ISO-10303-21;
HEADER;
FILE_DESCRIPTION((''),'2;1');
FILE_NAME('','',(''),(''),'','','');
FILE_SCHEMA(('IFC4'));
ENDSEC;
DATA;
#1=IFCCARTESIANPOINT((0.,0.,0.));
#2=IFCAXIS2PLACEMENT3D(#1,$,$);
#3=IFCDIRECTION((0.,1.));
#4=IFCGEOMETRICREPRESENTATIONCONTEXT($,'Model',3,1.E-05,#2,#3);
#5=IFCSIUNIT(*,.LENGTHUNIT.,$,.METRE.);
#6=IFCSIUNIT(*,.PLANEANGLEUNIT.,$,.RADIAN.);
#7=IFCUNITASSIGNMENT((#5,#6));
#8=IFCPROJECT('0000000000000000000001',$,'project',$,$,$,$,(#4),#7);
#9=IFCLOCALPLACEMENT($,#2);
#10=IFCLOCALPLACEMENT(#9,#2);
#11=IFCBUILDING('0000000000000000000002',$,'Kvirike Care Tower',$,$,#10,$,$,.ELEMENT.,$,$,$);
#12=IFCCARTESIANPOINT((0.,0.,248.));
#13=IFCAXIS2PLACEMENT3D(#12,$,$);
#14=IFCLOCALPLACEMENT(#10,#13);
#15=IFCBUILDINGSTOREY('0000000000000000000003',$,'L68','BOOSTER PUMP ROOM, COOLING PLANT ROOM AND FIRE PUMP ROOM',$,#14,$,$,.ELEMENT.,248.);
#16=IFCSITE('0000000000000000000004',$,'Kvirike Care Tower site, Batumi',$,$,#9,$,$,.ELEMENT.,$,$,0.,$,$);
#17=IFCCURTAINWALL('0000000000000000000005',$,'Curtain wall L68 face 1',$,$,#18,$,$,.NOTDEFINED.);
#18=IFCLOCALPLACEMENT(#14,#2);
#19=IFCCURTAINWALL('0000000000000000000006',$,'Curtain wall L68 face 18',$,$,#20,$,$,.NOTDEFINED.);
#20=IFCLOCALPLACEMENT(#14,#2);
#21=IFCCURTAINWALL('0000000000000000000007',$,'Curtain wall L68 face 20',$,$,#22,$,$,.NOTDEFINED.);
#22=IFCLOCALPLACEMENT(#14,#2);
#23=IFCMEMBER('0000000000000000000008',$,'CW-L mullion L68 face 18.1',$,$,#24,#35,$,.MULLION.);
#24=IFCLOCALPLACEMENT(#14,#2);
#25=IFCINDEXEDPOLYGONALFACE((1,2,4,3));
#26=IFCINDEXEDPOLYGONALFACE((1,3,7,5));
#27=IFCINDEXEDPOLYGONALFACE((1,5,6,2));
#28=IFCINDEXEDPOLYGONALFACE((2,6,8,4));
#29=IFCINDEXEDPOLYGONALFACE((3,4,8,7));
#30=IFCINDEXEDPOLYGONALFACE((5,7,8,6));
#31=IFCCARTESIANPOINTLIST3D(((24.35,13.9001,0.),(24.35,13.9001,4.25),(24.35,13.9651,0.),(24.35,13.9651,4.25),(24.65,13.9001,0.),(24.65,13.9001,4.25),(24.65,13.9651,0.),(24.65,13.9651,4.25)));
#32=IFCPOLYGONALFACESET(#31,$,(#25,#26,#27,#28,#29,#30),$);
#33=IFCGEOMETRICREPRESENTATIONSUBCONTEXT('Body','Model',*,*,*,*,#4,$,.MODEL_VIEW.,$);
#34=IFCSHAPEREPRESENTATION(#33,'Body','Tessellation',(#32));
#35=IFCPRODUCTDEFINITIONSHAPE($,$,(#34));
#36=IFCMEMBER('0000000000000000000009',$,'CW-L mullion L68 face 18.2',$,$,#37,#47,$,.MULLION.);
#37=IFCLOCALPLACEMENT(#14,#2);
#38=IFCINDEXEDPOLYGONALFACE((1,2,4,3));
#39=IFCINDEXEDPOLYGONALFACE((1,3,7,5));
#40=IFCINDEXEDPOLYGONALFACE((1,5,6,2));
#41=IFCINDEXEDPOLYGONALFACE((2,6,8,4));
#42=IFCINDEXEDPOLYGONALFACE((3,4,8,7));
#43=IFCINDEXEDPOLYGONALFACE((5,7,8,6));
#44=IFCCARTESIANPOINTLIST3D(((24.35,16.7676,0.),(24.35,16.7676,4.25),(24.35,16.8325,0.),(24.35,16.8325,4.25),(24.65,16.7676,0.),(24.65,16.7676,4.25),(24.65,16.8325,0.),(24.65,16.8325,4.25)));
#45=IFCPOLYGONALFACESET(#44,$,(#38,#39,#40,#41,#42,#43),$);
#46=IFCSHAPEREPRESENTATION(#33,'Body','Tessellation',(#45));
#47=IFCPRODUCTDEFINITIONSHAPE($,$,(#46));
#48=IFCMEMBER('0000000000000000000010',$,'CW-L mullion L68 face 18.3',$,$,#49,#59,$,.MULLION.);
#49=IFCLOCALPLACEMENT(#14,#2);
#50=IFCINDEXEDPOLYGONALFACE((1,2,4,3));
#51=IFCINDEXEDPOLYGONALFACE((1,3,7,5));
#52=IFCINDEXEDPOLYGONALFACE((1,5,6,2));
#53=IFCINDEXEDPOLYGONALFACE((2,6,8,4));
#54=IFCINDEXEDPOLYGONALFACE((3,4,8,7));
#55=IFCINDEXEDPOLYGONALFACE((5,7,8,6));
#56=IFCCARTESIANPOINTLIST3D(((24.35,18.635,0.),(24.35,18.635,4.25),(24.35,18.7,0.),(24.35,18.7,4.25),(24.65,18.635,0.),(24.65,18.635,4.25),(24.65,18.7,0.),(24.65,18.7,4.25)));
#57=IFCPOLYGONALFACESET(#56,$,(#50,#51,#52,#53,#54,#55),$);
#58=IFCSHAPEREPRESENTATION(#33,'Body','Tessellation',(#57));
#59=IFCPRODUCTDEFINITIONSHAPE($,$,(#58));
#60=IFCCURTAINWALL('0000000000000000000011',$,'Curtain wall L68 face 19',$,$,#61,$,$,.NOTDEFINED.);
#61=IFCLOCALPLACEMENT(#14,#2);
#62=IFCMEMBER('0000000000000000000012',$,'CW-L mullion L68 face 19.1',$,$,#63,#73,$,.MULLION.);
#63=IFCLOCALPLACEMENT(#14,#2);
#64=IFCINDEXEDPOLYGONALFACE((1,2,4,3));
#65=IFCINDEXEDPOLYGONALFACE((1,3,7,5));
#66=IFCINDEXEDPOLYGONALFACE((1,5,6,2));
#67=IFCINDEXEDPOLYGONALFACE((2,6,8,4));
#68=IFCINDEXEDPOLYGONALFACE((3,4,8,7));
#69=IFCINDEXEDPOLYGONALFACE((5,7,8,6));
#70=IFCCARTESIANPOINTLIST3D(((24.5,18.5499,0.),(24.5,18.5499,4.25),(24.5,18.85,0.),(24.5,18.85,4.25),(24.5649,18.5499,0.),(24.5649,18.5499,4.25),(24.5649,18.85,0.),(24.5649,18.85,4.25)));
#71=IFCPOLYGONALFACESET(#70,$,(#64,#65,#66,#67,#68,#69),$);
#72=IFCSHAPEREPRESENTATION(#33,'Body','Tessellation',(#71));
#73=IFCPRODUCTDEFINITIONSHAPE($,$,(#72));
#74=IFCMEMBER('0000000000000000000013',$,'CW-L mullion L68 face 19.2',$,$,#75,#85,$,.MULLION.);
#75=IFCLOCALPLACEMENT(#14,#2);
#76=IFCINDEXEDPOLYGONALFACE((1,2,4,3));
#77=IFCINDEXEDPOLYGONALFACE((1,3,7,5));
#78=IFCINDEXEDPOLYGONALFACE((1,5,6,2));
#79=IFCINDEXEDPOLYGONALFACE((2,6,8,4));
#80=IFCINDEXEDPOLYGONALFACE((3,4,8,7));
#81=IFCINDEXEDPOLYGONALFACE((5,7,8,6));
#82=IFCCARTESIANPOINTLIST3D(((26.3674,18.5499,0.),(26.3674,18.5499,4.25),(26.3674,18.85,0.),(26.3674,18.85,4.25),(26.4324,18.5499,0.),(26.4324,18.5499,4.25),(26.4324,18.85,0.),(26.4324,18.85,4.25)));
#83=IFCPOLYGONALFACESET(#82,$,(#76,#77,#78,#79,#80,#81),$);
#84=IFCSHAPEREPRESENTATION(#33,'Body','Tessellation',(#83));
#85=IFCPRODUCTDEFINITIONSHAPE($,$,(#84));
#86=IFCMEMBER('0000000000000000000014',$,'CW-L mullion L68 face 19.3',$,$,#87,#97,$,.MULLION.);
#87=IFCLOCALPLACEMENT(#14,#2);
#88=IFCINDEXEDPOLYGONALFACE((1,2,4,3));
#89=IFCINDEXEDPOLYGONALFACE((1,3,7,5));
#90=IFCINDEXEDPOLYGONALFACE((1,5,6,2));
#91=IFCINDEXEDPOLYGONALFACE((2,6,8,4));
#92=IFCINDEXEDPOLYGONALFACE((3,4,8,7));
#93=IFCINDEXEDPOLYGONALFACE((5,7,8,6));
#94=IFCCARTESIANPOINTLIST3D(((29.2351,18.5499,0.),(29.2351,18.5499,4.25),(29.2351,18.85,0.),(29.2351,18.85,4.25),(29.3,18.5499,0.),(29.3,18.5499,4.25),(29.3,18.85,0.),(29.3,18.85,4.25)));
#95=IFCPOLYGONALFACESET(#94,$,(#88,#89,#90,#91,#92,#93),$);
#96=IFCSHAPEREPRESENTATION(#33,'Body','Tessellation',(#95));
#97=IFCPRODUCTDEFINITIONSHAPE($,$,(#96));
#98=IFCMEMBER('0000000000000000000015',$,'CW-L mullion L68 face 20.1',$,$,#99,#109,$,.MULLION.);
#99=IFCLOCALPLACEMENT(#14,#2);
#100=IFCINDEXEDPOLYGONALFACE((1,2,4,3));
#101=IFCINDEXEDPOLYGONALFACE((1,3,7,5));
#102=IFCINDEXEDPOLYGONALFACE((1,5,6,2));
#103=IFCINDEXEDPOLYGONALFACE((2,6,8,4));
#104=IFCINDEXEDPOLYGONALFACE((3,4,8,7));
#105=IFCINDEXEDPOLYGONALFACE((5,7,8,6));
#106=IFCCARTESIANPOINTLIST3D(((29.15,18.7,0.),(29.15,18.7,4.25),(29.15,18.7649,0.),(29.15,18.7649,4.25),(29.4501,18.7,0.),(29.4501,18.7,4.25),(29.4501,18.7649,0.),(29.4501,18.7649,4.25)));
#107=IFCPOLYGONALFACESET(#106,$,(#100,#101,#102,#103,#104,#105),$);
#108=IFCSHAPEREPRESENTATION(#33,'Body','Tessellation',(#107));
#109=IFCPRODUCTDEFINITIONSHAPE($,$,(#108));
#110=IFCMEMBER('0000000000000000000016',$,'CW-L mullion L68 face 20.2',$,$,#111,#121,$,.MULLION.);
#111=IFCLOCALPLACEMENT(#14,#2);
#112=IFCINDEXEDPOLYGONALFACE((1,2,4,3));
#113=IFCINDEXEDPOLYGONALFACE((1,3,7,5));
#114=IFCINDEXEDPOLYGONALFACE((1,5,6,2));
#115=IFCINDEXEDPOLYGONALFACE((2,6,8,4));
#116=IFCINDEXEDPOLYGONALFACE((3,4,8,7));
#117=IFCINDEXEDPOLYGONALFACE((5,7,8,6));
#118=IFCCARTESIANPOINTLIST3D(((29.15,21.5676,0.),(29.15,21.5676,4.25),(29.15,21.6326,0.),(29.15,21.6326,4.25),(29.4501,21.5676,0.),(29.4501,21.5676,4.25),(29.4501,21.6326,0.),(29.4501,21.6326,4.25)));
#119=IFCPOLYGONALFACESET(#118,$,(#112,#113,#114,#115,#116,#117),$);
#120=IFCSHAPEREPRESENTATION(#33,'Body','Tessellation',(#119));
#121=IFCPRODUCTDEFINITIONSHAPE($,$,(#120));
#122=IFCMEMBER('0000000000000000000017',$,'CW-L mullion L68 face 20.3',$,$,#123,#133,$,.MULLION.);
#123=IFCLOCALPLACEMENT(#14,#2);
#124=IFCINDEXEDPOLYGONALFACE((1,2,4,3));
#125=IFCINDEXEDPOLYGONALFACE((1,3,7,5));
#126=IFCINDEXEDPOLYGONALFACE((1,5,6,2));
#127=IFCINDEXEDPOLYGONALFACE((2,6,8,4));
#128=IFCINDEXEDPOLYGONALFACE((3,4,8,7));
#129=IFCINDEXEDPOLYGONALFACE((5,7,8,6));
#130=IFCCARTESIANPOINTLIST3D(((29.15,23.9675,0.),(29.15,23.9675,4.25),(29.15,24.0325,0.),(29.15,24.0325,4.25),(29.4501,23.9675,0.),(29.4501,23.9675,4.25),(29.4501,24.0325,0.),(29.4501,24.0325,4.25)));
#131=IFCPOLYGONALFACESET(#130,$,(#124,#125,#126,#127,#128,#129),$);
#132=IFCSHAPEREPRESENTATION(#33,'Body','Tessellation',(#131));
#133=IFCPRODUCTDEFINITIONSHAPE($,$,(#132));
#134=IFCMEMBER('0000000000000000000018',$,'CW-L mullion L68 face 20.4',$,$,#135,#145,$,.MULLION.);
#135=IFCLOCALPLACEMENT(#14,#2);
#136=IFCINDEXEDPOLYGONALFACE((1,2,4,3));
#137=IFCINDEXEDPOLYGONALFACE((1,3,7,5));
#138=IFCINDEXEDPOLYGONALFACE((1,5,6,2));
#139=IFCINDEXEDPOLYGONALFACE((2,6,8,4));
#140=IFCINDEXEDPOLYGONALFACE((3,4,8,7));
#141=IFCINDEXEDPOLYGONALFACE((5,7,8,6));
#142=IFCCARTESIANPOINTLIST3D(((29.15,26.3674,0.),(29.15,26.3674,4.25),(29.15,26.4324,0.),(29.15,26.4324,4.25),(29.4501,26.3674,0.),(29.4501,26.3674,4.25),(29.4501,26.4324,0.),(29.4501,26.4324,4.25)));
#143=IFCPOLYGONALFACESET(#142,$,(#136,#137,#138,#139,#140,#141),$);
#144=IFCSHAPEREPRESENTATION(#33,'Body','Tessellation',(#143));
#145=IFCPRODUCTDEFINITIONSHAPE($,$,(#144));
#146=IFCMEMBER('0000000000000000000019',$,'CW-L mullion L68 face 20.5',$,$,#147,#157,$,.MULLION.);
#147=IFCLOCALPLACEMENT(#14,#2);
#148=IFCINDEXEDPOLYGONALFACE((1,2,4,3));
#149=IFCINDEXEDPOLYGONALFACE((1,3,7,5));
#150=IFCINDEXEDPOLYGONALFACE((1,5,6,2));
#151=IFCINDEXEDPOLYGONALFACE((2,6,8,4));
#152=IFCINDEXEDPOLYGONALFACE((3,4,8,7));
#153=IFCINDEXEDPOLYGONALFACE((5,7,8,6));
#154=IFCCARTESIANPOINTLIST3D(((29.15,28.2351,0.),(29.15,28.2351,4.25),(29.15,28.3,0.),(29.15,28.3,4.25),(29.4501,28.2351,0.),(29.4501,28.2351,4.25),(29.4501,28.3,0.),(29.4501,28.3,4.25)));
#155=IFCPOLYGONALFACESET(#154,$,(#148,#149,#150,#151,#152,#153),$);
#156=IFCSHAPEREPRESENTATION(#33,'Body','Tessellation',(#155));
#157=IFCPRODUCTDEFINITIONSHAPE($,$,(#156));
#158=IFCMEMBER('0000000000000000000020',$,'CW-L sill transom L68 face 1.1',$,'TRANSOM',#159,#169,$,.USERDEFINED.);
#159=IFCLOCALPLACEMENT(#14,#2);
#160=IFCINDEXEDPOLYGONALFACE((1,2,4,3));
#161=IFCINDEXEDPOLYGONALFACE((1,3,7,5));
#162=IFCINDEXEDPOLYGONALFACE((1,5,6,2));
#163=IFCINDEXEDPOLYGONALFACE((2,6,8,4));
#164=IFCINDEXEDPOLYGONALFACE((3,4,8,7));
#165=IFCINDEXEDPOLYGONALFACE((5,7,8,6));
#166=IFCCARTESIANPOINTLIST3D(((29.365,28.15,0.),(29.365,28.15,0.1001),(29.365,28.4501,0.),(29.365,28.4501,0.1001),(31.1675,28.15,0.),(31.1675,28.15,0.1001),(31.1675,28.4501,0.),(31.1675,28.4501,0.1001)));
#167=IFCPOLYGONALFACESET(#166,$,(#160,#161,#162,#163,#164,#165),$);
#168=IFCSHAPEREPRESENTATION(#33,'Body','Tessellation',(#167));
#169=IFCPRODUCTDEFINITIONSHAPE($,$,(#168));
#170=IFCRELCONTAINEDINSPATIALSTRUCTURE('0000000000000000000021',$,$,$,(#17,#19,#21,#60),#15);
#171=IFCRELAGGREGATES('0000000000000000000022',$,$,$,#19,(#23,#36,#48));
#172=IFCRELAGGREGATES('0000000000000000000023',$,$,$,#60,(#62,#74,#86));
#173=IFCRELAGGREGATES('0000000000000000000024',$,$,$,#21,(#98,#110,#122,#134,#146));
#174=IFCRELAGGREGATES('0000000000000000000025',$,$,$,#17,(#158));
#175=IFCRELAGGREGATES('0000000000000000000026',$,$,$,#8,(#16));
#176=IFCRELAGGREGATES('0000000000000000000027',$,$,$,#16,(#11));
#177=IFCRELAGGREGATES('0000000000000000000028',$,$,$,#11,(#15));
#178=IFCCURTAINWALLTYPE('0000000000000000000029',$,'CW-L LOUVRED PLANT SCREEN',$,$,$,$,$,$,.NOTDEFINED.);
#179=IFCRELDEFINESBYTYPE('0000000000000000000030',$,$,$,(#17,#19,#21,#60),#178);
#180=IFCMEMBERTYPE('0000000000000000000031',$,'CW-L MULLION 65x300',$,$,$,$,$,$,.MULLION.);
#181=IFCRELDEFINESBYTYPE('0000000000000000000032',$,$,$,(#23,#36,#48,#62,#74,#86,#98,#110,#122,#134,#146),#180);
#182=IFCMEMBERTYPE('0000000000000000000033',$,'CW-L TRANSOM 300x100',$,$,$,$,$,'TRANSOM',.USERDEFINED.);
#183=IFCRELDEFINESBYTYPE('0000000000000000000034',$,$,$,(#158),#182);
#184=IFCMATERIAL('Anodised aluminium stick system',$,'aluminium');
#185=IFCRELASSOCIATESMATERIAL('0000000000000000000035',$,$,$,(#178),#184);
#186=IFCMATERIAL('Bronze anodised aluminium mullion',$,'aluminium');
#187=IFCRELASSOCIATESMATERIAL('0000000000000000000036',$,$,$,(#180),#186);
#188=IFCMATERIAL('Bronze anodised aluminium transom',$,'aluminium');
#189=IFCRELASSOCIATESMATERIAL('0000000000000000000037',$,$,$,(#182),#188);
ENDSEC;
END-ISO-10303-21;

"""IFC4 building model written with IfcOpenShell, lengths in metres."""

from ifc_helpers import new_model, si_unit, direction, frame, origin, origin_2d, place, context, subcontext, project, spatial, rectangle, extrude, material, material_profile, profile_set, type_object, element, aggregate, save


model = new_model("IFC4")

# Units and contexts
model_context = context("Model", 3, precision=1e-05, world=origin(), true_north=direction((0.0, 1.0)))
body_context = subcontext(model_context, "Body", "Model", "MODEL_VIEW")
ifc_project = project(units=[si_unit("LENGTHUNIT", "METRE"), si_unit("PLANEANGLEUNIT", "RADIAN")], contexts=[model_context])

# Site, building, storey
site_placement = place(None, origin())
site = spatial("IfcSite", under=ifc_project, at=site_placement, Name="Kvirike Care Tower site, Batumi", CompositionType="ELEMENT", RefElevation=0.0)
building_placement = place(site_placement, origin())
building = spatial("IfcBuilding", under=site, at=building_placement, Name="Kvirike Care Tower", CompositionType="ELEMENT")
storey_placement = place(building_placement, frame((0.0, 0.0, 248.0)))
storey = spatial("IfcBuildingStorey", under=building, at=storey_placement, Name="L68", Description="BOOSTER PUMP ROOM, COOLING PLANT ROOM AND FIRE PUMP ROOM", CompositionType="ELEMENT", Elevation=248.0)

# Curtain walls
ifc_material_1 = material(Name="Anodised aluminium stick system", Category="aluminium")
curtain_wall_type = type_object("IfcCurtainWallType", Name="CW-L LOUVRED PLANT SCREEN", PredefinedType="NOTDEFINED", material=ifc_material_1)
curtain_wall_1_placement = place(storey_placement, origin())
curtain_wall_1 = element("IfcCurtainWall", 1, at=curtain_wall_1_placement, inside=storey, type_object=curtain_wall_type, Name="Curtain wall L68 face 1", PredefinedType="NOTDEFINED")
curtain_wall_2_placement = place(storey_placement, origin())
curtain_wall_2 = element("IfcCurtainWall", 2, at=curtain_wall_2_placement, inside=storey, type_object=curtain_wall_type, Name="Curtain wall L68 face 18", PredefinedType="NOTDEFINED")
curtain_wall_3_placement = place(storey_placement, origin())
curtain_wall_3 = element("IfcCurtainWall", 3, at=curtain_wall_3_placement, inside=storey, type_object=curtain_wall_type, Name="Curtain wall L68 face 20", PredefinedType="NOTDEFINED")

# Shared definitions
ifc_material_2 = material(Name="Bronze anodised aluminium mullion", Category="aluminium")
ifc_material_profile_1 = material_profile(ifc_material_2, rectangle(XDim=0.0649, YDim=0.3, at=origin_2d()), Name="CW-L MULLION 65x300")
ifc_profile_set_1 = profile_set([ifc_material_profile_1], Name="Bronze anodised aluminium mullion")
member_type_1 = type_object("IfcMemberType", Name="CW-L MULLION 65x300", PredefinedType="MULLION", material=ifc_profile_set_1)

# Members
member_1_placement = place(storey_placement, frame((24.5, 13.9326, 0.0), z_axis=(0.0, 0.0, 1.0), x_axis=(0.0, 1.0, 0.0)))
member_1 = element("IfcMember", 4, at=member_1_placement, type_object=member_type_1, Name="CW-L mullion L68 face 18.1", PredefinedType="MULLION", context=body_context, shape_type="SweptSolid", body=[
    extrude(rectangle(XDim=0.0649, YDim=0.3, at=origin_2d()), origin(), (0.0, 0.0, 1.0), 4.25),
])
member_2_placement = place(storey_placement, frame((24.5, 16.8, 0.0), z_axis=(0.0, 0.0, 1.0), x_axis=(0.0, 1.0, 0.0)))
member_2 = element("IfcMember", 5, at=member_2_placement, type_object=member_type_1, Name="CW-L mullion L68 face 18.2", PredefinedType="MULLION", context=body_context, shape_type="SweptSolid", body=[
    extrude(rectangle(XDim=0.0649, YDim=0.3, at=origin_2d()), origin(), (0.0, 0.0, 1.0), 4.25),
])
member_3_placement = place(storey_placement, frame((24.5, 18.6675, 0.0), z_axis=(0.0, 0.0, 1.0), x_axis=(0.0, 1.0, 0.0)))
member_3 = element("IfcMember", 6, at=member_3_placement, type_object=member_type_1, Name="CW-L mullion L68 face 18.3", PredefinedType="MULLION", context=body_context, shape_type="SweptSolid", body=[
    extrude(rectangle(XDim=0.0649, YDim=0.3, at=origin_2d()), origin(), (0.0, 0.0, 1.0), 4.25),
])
aggregate(curtain_wall_2, [member_1, member_2, member_3])

# Curtain wall, members
curtain_wall_4_placement = place(storey_placement, origin())
curtain_wall_4 = element("IfcCurtainWall", 7, at=curtain_wall_4_placement, inside=storey, type_object=curtain_wall_type, Name="Curtain wall L68 face 19", PredefinedType="NOTDEFINED")
member_4_placement = place(storey_placement, frame((24.5325, 18.7, 0.0), z_axis=(0.0, 0.0, 1.0), x_axis=(1.0, 0.0, 0.0)))
member_4 = element("IfcMember", 8, at=member_4_placement, type_object=member_type_1, Name="CW-L mullion L68 face 19.1", PredefinedType="MULLION", context=body_context, shape_type="SweptSolid", body=[
    extrude(rectangle(XDim=0.0649, YDim=0.3, at=origin_2d()), origin(), (0.0, 0.0, 1.0), 4.25),
])
member_5_placement = place(storey_placement, frame((26.3999, 18.7, 0.0), z_axis=(0.0, 0.0, 1.0), x_axis=(1.0, 0.0, 0.0)))
member_5 = element("IfcMember", 9, at=member_5_placement, type_object=member_type_1, Name="CW-L mullion L68 face 19.2", PredefinedType="MULLION", context=body_context, shape_type="SweptSolid", body=[
    extrude(rectangle(XDim=0.0649, YDim=0.3, at=origin_2d()), origin(), (0.0, 0.0, 1.0), 4.25),
])
member_6_placement = place(storey_placement, frame((29.2676, 18.7, 0.0), z_axis=(0.0, 0.0, 1.0), x_axis=(1.0, 0.0, 0.0)))
member_6 = element("IfcMember", 10, at=member_6_placement, type_object=member_type_1, Name="CW-L mullion L68 face 19.3", PredefinedType="MULLION", context=body_context, shape_type="SweptSolid", body=[
    extrude(rectangle(XDim=0.0649, YDim=0.3, at=origin_2d()), origin(), (0.0, 0.0, 1.0), 4.25),
])
aggregate(curtain_wall_4, [member_4, member_5, member_6])

# Members
member_7_placement = place(storey_placement, frame((29.3, 18.7324, 0.0), z_axis=(0.0, 0.0, 1.0), x_axis=(0.0, 1.0, 0.0)))
member_7 = element("IfcMember", 11, at=member_7_placement, type_object=member_type_1, Name="CW-L mullion L68 face 20.1", PredefinedType="MULLION", context=body_context, shape_type="SweptSolid", body=[
    extrude(rectangle(XDim=0.0649, YDim=0.3, at=origin_2d()), origin(), (0.0, 0.0, 1.0), 4.25),
])
member_8_placement = place(storey_placement, frame((29.3, 21.6001, 0.0), z_axis=(0.0, 0.0, 1.0), x_axis=(0.0, 1.0, 0.0)))
member_8 = element("IfcMember", 12, at=member_8_placement, type_object=member_type_1, Name="CW-L mullion L68 face 20.2", PredefinedType="MULLION", context=body_context, shape_type="SweptSolid", body=[
    extrude(rectangle(XDim=0.0649, YDim=0.3, at=origin_2d()), origin(), (0.0, 0.0, 1.0), 4.25),
])
member_9_placement = place(storey_placement, frame((29.3, 24.0, 0.0), z_axis=(0.0, 0.0, 1.0), x_axis=(0.0, 1.0, 0.0)))
member_9 = element("IfcMember", 13, at=member_9_placement, type_object=member_type_1, Name="CW-L mullion L68 face 20.3", PredefinedType="MULLION", context=body_context, shape_type="SweptSolid", body=[
    extrude(rectangle(XDim=0.0649, YDim=0.3, at=origin_2d()), origin(), (0.0, 0.0, 1.0), 4.25),
])
member_10_placement = place(storey_placement, frame((29.3, 26.3999, 0.0), z_axis=(0.0, 0.0, 1.0), x_axis=(0.0, 1.0, 0.0)))
member_10 = element("IfcMember", 14, at=member_10_placement, type_object=member_type_1, Name="CW-L mullion L68 face 20.4", PredefinedType="MULLION", context=body_context, shape_type="SweptSolid", body=[
    extrude(rectangle(XDim=0.0649, YDim=0.3, at=origin_2d()), origin(), (0.0, 0.0, 1.0), 4.25),
])
member_11_placement = place(storey_placement, frame((29.3, 28.2676, 0.0), z_axis=(0.0, 0.0, 1.0), x_axis=(0.0, 1.0, 0.0)))
member_11 = element("IfcMember", 15, at=member_11_placement, type_object=member_type_1, Name="CW-L mullion L68 face 20.5", PredefinedType="MULLION", context=body_context, shape_type="SweptSolid", body=[
    extrude(rectangle(XDim=0.0649, YDim=0.3, at=origin_2d()), origin(), (0.0, 0.0, 1.0), 4.25),
])
aggregate(curtain_wall_3, [member_7, member_8, member_9, member_10, member_11])
ifc_material_3 = material(Name="Bronze anodised aluminium transom", Category="aluminium")
ifc_material_profile_2 = material_profile(ifc_material_3, rectangle(XDim=0.3, YDim=0.1001, at=origin_2d()), Name="CW-L TRANSOM 300x100")
ifc_profile_set_2 = profile_set([ifc_material_profile_2], Name="Bronze anodised aluminium transom")
member_type_2 = type_object("IfcMemberType", Name="CW-L TRANSOM 300x100", ElementType="TRANSOM", PredefinedType="USERDEFINED", material=ifc_profile_set_2)
member_12_placement = place(storey_placement, frame((29.365, 28.3, 0.05), z_axis=(1.0, 0.0, 0.0), x_axis=(0.0, 1.0, 0.0)))
member_12 = element("IfcMember", 16, at=member_12_placement, type_object=member_type_2, Name="CW-L sill transom L68 face 1.1", ObjectType="TRANSOM", PredefinedType="USERDEFINED", context=body_context, shape_type="SweptSolid", body=[
    extrude(rectangle(XDim=0.3, YDim=0.1001, at=origin_2d()), origin(), (0.0, 0.0, 1.0), 1.8025),
])
aggregate(curtain_wall_1, [member_12])

save(model, "model.ifc")
